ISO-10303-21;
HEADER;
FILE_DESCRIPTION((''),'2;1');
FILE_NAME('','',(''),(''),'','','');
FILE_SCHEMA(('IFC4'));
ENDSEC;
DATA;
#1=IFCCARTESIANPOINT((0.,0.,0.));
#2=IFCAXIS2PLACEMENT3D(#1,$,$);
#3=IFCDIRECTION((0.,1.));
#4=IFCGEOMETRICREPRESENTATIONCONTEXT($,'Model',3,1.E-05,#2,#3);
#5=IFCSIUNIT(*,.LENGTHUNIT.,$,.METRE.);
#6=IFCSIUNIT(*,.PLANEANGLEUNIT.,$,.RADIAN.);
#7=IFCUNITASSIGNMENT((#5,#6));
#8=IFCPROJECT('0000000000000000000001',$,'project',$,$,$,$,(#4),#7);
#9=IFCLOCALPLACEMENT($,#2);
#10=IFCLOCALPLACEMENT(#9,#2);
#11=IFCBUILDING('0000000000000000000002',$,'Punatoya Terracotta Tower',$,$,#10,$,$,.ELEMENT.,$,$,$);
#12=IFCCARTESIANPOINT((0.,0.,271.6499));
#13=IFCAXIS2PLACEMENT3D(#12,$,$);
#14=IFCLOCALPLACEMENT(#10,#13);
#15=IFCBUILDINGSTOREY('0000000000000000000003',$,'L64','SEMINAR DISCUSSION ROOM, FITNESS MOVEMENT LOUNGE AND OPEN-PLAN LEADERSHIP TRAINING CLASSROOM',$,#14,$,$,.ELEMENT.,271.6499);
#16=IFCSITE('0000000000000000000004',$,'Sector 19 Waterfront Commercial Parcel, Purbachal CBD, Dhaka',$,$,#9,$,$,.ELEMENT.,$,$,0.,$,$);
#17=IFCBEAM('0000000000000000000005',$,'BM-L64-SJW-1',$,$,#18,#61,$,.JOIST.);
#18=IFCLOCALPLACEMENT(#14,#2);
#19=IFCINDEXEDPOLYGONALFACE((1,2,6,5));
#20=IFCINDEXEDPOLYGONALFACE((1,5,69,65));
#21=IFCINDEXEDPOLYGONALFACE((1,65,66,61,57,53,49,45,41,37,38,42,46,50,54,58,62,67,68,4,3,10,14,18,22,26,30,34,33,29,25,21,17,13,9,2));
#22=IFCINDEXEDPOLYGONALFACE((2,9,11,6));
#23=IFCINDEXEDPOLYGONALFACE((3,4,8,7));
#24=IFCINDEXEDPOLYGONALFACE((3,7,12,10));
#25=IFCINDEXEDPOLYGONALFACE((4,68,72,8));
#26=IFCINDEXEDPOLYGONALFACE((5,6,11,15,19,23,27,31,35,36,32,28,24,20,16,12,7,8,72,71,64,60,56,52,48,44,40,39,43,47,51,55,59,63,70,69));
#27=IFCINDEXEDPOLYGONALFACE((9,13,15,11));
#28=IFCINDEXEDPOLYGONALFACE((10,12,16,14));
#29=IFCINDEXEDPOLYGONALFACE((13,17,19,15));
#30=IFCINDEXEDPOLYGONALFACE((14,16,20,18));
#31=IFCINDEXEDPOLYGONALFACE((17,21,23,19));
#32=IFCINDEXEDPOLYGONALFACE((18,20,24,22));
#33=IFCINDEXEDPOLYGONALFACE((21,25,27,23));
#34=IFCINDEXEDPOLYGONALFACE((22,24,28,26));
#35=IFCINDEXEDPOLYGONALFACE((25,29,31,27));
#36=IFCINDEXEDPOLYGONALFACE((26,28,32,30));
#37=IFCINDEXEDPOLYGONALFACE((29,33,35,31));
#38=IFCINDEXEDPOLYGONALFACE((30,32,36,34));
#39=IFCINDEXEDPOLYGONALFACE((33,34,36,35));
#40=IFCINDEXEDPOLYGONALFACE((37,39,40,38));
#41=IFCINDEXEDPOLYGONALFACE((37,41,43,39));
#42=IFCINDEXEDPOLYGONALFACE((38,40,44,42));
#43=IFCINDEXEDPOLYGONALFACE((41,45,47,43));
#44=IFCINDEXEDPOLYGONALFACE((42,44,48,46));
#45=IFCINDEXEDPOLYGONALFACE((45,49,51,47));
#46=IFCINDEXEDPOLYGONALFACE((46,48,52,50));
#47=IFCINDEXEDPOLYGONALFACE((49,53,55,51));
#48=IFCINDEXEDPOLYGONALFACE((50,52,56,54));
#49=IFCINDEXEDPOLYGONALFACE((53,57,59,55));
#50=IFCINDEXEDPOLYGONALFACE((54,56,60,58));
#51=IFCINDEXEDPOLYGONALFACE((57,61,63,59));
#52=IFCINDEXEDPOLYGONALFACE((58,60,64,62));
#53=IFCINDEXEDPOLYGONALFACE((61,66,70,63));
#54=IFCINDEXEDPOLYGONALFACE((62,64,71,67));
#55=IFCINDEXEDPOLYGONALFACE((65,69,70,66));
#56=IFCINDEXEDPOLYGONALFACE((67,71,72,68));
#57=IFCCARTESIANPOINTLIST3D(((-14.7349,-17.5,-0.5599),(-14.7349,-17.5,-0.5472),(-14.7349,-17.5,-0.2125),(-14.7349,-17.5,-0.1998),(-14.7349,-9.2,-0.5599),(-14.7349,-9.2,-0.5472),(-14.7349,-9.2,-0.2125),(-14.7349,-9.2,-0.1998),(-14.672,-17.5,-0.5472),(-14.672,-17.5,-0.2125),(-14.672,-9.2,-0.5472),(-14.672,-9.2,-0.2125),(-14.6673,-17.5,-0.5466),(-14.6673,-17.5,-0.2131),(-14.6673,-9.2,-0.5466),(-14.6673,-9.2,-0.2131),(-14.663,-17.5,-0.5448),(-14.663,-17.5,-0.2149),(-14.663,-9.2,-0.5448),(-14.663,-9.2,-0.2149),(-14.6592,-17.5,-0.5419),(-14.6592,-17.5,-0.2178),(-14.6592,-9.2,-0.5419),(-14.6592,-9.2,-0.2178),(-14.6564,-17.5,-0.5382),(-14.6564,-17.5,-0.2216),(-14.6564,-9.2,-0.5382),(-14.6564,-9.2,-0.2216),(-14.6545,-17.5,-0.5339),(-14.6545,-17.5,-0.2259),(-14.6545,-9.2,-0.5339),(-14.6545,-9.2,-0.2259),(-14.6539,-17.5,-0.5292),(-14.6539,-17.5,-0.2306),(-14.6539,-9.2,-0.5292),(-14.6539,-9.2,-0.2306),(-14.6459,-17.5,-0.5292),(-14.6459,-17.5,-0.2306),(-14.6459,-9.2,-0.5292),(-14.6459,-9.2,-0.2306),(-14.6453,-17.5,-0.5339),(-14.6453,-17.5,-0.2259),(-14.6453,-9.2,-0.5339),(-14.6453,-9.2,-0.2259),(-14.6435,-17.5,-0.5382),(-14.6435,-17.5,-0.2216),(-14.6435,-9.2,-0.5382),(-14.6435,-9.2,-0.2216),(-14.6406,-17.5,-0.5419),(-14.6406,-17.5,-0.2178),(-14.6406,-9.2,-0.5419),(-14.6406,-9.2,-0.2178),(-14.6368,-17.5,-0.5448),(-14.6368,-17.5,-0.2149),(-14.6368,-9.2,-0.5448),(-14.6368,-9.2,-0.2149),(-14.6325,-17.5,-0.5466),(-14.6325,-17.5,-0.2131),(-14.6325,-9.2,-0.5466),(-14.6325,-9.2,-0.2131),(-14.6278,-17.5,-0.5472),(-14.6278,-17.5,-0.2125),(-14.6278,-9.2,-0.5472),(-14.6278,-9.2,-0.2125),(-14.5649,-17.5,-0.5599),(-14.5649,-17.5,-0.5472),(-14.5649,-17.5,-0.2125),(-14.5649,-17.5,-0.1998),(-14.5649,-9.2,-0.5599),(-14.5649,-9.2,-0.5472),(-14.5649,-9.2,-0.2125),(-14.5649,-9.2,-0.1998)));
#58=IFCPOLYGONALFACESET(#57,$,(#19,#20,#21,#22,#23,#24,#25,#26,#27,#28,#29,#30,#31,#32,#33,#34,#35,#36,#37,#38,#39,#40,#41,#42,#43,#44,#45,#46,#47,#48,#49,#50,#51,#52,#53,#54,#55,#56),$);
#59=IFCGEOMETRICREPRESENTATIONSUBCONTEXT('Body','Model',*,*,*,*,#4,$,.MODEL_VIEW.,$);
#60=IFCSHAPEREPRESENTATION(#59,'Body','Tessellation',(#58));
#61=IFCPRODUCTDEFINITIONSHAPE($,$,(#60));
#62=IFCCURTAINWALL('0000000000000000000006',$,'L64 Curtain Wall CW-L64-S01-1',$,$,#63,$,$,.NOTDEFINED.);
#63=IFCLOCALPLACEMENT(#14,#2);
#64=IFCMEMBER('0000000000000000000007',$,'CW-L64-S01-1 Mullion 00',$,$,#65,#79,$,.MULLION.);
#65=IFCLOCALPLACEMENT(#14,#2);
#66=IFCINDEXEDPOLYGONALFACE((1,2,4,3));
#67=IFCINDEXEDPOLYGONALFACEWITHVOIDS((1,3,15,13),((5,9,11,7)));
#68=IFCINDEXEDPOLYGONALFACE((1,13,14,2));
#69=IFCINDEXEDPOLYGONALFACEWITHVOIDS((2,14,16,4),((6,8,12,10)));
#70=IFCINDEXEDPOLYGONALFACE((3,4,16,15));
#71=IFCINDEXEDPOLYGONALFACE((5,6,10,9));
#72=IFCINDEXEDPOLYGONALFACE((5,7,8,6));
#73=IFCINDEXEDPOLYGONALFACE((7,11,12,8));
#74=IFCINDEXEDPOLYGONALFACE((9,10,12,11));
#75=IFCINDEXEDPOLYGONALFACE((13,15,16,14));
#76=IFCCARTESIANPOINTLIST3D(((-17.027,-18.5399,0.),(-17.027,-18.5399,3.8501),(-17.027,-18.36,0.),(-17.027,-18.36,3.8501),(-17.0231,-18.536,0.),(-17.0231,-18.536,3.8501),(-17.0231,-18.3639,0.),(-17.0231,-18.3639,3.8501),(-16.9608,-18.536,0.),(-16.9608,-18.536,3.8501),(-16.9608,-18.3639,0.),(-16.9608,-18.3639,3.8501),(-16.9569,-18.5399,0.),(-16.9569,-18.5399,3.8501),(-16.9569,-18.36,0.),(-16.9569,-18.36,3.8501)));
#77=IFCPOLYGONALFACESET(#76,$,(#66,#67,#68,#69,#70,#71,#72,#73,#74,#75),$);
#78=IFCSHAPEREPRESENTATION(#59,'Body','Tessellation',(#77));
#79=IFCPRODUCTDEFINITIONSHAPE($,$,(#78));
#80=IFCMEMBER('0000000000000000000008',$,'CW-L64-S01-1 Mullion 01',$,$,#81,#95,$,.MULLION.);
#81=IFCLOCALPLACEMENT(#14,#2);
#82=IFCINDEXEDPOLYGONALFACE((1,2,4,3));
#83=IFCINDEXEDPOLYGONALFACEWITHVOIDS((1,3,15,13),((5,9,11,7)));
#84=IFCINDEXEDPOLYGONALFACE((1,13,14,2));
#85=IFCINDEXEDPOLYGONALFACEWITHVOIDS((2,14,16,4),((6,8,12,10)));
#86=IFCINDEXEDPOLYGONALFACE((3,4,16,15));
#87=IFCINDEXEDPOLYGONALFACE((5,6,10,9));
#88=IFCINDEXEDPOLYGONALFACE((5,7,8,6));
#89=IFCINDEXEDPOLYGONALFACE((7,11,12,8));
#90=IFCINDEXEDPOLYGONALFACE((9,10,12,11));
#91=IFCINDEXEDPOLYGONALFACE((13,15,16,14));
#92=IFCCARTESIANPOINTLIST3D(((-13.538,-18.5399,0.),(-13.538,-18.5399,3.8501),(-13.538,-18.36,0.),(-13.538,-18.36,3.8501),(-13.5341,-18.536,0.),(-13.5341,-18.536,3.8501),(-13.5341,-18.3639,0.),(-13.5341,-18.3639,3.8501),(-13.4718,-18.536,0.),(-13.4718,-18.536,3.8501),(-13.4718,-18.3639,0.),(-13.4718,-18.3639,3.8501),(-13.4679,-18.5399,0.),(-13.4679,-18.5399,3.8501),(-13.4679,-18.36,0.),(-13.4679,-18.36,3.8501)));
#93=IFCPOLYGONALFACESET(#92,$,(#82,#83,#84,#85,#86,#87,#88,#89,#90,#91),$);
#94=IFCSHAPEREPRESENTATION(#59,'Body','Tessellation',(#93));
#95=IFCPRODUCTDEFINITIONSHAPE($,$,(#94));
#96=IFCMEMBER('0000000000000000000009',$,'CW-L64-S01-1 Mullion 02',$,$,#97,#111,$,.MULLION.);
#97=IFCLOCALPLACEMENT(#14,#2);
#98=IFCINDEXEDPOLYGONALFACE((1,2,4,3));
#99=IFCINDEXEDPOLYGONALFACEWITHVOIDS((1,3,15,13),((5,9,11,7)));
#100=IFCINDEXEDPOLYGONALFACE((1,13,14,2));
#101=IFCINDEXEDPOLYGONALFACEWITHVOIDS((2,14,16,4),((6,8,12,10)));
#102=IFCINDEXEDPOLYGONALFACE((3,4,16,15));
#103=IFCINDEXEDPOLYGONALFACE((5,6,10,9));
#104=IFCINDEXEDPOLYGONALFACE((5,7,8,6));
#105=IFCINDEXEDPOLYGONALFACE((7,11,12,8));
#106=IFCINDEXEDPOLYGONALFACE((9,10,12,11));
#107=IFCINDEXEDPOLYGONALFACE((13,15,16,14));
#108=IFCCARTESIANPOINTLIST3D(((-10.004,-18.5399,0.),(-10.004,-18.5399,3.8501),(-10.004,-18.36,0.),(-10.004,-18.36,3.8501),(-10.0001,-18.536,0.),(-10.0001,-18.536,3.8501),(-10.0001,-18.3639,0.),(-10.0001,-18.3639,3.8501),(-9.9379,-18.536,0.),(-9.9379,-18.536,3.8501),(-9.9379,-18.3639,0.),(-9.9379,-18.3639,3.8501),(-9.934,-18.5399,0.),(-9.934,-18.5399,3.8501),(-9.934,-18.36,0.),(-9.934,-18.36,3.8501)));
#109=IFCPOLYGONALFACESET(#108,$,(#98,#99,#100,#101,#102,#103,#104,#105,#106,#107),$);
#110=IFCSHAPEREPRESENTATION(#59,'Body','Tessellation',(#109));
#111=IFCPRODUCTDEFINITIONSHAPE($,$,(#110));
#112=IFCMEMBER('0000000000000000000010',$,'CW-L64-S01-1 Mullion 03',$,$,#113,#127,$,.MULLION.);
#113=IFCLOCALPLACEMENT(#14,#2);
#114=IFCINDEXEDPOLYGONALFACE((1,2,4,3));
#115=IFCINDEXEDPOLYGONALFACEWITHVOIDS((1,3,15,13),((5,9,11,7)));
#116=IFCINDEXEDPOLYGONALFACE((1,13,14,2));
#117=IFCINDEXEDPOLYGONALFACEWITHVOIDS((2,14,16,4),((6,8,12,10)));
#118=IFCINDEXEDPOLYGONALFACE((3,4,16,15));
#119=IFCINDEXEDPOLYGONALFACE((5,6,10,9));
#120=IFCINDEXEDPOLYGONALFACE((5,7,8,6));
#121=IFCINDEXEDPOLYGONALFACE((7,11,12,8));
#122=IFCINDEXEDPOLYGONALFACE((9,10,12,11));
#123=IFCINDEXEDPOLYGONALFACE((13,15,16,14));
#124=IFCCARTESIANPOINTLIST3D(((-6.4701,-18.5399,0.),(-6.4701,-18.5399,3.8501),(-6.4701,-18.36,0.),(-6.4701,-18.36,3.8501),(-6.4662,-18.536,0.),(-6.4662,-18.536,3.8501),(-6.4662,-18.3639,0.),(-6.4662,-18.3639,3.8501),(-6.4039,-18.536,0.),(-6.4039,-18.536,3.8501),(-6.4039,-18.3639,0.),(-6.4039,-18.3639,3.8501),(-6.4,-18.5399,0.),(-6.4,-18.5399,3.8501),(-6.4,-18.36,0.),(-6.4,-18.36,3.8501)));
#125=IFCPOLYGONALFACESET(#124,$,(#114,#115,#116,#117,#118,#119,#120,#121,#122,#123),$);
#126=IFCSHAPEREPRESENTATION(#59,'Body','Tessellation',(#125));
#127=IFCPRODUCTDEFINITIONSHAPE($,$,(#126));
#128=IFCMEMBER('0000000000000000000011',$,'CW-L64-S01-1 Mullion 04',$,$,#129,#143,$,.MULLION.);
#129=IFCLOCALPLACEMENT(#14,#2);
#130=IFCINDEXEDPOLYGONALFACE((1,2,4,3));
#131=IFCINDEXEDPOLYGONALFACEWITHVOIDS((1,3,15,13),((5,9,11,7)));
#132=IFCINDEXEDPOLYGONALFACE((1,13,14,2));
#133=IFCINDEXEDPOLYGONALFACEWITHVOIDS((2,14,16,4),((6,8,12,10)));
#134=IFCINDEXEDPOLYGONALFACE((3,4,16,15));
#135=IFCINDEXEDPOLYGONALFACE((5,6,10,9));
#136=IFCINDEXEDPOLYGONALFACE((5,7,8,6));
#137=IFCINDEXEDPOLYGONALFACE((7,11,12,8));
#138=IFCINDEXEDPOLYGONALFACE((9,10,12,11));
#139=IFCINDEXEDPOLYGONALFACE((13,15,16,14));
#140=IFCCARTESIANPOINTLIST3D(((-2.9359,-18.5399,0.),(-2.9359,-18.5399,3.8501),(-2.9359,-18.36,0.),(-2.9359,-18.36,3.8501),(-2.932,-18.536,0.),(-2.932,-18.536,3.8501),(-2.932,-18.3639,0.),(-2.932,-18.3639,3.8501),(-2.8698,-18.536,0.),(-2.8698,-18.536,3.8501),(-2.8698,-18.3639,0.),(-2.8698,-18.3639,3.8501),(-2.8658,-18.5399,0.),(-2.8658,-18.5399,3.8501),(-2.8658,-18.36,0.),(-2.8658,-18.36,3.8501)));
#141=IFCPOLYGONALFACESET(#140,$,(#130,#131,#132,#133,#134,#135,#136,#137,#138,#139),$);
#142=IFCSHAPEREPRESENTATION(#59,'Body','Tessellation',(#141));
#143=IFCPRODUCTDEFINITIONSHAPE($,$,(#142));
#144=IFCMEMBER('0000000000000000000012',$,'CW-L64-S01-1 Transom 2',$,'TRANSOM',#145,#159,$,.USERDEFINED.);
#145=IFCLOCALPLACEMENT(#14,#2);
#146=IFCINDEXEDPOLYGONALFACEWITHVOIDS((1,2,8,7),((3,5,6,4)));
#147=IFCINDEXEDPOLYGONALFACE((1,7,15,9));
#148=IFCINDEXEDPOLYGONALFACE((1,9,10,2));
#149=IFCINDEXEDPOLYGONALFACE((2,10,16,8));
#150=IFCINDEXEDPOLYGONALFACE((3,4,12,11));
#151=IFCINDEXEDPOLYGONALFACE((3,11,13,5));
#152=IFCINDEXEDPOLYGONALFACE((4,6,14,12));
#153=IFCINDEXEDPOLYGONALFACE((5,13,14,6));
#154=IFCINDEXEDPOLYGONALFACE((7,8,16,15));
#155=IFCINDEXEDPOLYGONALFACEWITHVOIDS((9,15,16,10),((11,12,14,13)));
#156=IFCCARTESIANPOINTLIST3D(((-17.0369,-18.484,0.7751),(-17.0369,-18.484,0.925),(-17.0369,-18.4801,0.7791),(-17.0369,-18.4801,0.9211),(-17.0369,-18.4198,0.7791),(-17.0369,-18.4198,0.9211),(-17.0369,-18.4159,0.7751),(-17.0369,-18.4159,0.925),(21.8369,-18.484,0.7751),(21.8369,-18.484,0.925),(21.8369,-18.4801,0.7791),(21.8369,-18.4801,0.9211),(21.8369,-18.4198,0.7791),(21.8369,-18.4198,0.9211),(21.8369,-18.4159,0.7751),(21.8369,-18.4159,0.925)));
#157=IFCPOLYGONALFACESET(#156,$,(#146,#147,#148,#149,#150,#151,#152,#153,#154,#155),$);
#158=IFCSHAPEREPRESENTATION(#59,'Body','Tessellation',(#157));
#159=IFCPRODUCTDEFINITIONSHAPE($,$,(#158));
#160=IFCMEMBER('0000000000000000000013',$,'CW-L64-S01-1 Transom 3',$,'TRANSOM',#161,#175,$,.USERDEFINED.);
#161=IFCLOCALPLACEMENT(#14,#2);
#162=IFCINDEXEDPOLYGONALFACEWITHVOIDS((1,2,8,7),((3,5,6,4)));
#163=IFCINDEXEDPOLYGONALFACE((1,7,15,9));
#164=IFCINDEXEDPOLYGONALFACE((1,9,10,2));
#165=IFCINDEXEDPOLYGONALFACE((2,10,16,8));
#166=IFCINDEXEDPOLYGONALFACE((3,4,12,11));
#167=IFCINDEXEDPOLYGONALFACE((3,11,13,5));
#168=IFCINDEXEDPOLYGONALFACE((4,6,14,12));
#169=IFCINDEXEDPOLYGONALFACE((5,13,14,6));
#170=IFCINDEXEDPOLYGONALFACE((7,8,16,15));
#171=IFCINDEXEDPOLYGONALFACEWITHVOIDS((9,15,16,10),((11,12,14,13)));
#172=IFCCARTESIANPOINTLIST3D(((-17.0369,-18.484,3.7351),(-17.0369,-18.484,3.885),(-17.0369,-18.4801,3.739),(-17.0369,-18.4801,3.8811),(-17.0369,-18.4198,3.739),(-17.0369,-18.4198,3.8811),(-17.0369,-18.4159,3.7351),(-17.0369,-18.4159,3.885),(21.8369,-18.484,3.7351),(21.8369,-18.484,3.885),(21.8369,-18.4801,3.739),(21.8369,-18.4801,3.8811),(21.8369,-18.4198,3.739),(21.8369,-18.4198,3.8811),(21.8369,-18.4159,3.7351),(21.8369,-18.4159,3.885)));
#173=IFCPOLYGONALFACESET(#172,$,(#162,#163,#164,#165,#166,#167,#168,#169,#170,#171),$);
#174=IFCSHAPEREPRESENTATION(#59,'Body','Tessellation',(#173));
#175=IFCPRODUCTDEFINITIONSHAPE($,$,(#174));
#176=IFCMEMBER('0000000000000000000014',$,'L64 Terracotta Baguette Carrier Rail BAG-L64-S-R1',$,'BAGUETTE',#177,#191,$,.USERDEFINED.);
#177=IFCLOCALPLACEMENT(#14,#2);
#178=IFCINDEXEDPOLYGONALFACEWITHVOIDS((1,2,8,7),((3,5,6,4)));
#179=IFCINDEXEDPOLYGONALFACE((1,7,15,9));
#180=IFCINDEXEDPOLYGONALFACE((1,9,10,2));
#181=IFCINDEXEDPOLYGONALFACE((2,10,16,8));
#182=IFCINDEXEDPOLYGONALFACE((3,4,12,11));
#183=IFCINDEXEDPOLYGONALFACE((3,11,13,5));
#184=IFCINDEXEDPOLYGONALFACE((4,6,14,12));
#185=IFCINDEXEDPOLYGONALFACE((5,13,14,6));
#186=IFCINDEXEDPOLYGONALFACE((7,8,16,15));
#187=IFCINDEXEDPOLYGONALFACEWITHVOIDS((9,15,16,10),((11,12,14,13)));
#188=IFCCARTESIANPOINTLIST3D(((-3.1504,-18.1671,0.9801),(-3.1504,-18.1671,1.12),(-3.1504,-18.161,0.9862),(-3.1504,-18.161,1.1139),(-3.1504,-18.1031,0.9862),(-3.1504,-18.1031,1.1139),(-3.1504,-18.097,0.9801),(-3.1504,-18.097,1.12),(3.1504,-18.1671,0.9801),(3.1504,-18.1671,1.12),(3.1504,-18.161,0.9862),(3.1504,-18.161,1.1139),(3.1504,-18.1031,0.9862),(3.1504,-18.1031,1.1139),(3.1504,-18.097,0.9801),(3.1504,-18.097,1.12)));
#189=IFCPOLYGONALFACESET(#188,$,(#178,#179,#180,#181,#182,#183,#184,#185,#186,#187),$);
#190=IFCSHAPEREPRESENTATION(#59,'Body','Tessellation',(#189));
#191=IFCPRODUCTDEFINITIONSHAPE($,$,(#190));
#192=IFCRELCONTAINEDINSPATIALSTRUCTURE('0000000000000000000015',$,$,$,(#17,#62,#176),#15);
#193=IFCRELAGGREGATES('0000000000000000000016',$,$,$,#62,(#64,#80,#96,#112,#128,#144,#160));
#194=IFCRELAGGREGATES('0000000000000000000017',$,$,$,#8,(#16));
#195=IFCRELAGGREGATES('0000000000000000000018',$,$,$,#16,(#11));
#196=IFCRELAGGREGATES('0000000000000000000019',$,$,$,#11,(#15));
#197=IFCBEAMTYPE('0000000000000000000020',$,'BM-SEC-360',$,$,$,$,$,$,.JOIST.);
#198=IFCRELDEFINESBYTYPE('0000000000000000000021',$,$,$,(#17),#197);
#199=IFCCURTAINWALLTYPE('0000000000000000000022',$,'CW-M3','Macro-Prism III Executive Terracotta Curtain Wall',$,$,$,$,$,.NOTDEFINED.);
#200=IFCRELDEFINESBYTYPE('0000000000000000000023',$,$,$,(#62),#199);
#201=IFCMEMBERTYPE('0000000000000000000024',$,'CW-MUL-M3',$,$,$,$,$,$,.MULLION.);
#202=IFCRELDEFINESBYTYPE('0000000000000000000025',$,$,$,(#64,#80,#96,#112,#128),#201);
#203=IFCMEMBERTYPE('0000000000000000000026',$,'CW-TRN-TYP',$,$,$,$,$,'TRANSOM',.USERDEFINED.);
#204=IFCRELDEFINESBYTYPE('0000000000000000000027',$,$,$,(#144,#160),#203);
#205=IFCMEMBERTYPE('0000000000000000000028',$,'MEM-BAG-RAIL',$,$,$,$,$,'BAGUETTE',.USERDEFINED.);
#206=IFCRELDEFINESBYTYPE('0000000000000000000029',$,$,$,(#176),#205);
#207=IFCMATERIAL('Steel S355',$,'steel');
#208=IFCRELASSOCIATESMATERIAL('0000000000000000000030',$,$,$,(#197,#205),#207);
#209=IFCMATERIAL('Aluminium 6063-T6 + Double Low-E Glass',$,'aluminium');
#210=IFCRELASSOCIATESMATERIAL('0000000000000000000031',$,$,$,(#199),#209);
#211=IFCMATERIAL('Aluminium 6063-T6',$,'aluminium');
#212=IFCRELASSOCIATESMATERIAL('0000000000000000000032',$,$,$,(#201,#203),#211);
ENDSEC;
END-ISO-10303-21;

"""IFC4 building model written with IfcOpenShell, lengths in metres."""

from ifc_helpers import new_model, si_unit, direction, frame, origin, origin_2d, place, context, subcontext, project, spatial, hollow_rectangle, i_section, extrude, material, material_profile, profile_set, type_object, element, aggregate, save


model = new_model("IFC4")

# Units and contexts
model_context = context("Model", 3, precision=1e-05, world=origin(), true_north=direction((0.0, 1.0)))
body_context = subcontext(model_context, "Body", "Model", "MODEL_VIEW")
ifc_project = project(units=[si_unit("LENGTHUNIT", "METRE"), si_unit("PLANEANGLEUNIT", "RADIAN")], contexts=[model_context])

# Site, building, storey
site_placement = place(None, origin())
site = spatial("IfcSite", under=ifc_project, at=site_placement, Name="Sector 19 Waterfront Commercial Parcel, Purbachal CBD, Dhaka", CompositionType="ELEMENT", RefElevation=0.0)
building_placement = place(site_placement, origin())
building = spatial("IfcBuilding", under=site, at=building_placement, Name="Punatoya Terracotta Tower", CompositionType="ELEMENT")
storey_placement = place(building_placement, frame((0.0, 0.0, 271.6499)))
storey = spatial("IfcBuildingStorey", under=building, at=storey_placement, Name="L64", Description="SEMINAR DISCUSSION ROOM, FITNESS MOVEMENT LOUNGE AND OPEN-PLAN LEADERSHIP TRAINING CLASSROOM", CompositionType="ELEMENT", Elevation=271.6499)

# Beam
ifc_material_1 = material(Name="Steel S355", Category="steel")
ifc_material_profile_1 = material_profile(ifc_material_1, i_section(OverallWidth=0.1699, OverallDepth=0.3601, WebThickness=0.0081, FlangeThickness=0.0127, FilletRadius=0.0181, at=origin_2d()))
ifc_profile_set_1 = profile_set([ifc_material_profile_1], Name="Steel S355")
beam_type = type_object("IfcBeamType", Name="BM-SEC-360", PredefinedType="JOIST", material=ifc_profile_set_1)
beam_placement = place(storey_placement, frame((-14.6499, -17.5, -0.3799), z_axis=(0.0, 1.0, 0.0), x_axis=(-1.0, 0.0, 0.0)))
element("IfcBeam", 1, at=beam_placement, inside=storey, type_object=beam_type, Name="BM-L64-SJW-1", PredefinedType="JOIST", context=body_context, shape_type="SweptSolid", body=[
    extrude(i_section(OverallWidth=0.1699, OverallDepth=0.3601, WebThickness=0.0081, FlangeThickness=0.0127, FilletRadius=0.0181, at=origin_2d()), origin(), (0.0, 0.0, 1.0), 8.3),
])

# Curtain wall, members
ifc_material_2 = material(Name="Aluminium 6063-T6 + Double Low-E Glass", Category="aluminium")
curtain_wall_type = type_object("IfcCurtainWallType", Name="CW-M3", Description="Macro-Prism III Executive Terracotta Curtain Wall", PredefinedType="NOTDEFINED", material=ifc_material_2)
curtain_wall_placement = place(storey_placement, origin())
curtain_wall = element("IfcCurtainWall", 2, at=curtain_wall_placement, inside=storey, type_object=curtain_wall_type, Name="L64 Curtain Wall CW-L64-S01-1", PredefinedType="NOTDEFINED")
ifc_material_3 = material(Name="Aluminium 6063-T6", Category="aluminium")
ifc_material_profile_2 = material_profile(ifc_material_3, hollow_rectangle(XDim=0.0701, YDim=0.1799, WallThickness=0.0039, at=origin_2d()))
ifc_profile_set_2 = profile_set([ifc_material_profile_2], Name="Aluminium 6063-T6")
member_type_1 = type_object("IfcMemberType", Name="CW-MUL-M3", PredefinedType="MULLION", material=ifc_profile_set_2)
member_1_placement = place(storey_placement, frame((-16.9919, -18.45, 0.0), z_axis=(0.0, 0.0, 1.0), x_axis=(1.0, 0.0, 0.0)))
member_1 = element("IfcMember", 3, at=member_1_placement, type_object=member_type_1, Name="CW-L64-S01-1 Mullion 00", PredefinedType="MULLION", context=body_context, shape_type="SweptSolid", body=[
    extrude(hollow_rectangle(XDim=0.0701, YDim=0.1799, WallThickness=0.0039, at=origin_2d()), origin(), (0.0, 0.0, 1.0), 3.8501),
])
member_2_placement = place(storey_placement, frame((-13.5029, -18.45, 0.0), z_axis=(0.0, 0.0, 1.0), x_axis=(1.0, 0.0, 0.0)))
member_2 = element("IfcMember", 4, at=member_2_placement, type_object=member_type_1, Name="CW-L64-S01-1 Mullion 01", PredefinedType="MULLION", context=body_context, shape_type="SweptSolid", body=[
    extrude(hollow_rectangle(XDim=0.0701, YDim=0.1799, WallThickness=0.0039, at=origin_2d()), origin(), (0.0, 0.0, 1.0), 3.8501),
])
member_3_placement = place(storey_placement, frame((-9.969, -18.45, 0.0), z_axis=(0.0, 0.0, 1.0), x_axis=(1.0, 0.0, 0.0)))
member_3 = element("IfcMember", 5, at=member_3_placement, type_object=member_type_1, Name="CW-L64-S01-1 Mullion 02", PredefinedType="MULLION", context=body_context, shape_type="SweptSolid", body=[
    extrude(hollow_rectangle(XDim=0.0701, YDim=0.1799, WallThickness=0.0039, at=origin_2d()), origin(), (0.0, 0.0, 1.0), 3.8501),
])
member_4_placement = place(storey_placement, frame((-6.4351, -18.45, 0.0), z_axis=(0.0, 0.0, 1.0), x_axis=(1.0, 0.0, 0.0)))
member_4 = element("IfcMember", 6, at=member_4_placement, type_object=member_type_1, Name="CW-L64-S01-1 Mullion 03", PredefinedType="MULLION", context=body_context, shape_type="SweptSolid", body=[
    extrude(hollow_rectangle(XDim=0.0701, YDim=0.1799, WallThickness=0.0039, at=origin_2d()), origin(), (0.0, 0.0, 1.0), 3.8501),
])
member_5_placement = place(storey_placement, frame((-2.9009, -18.45, 0.0), z_axis=(0.0, 0.0, 1.0), x_axis=(1.0, 0.0, 0.0)))
member_5 = element("IfcMember", 7, at=member_5_placement, type_object=member_type_1, Name="CW-L64-S01-1 Mullion 04", PredefinedType="MULLION", context=body_context, shape_type="SweptSolid", body=[
    extrude(hollow_rectangle(XDim=0.0701, YDim=0.1799, WallThickness=0.0039, at=origin_2d()), origin(), (0.0, 0.0, 1.0), 3.8501),
])
ifc_material_profile_3 = material_profile(ifc_material_3, hollow_rectangle(XDim=0.0681, YDim=0.1499, WallThickness=0.0039, at=origin_2d()))
ifc_profile_set_3 = profile_set([ifc_material_profile_3], Name="Aluminium 6063-T6")
member_type_2 = type_object("IfcMemberType", Name="CW-TRN-TYP", ElementType="TRANSOM", PredefinedType="USERDEFINED", material=ifc_profile_set_3)
member_6_placement = place(storey_placement, frame((-17.0369, -18.45, 0.8501), z_axis=(1.0, 0.0, 0.0), x_axis=(0.0, 1.0, 0.0)))
member_6 = element("IfcMember", 8, at=member_6_placement, type_object=member_type_2, Name="CW-L64-S01-1 Transom 2", ObjectType="TRANSOM", PredefinedType="USERDEFINED", context=body_context, shape_type="SweptSolid", body=[
    extrude(hollow_rectangle(XDim=0.0681, YDim=0.1499, WallThickness=0.0039, at=origin_2d()), origin(), (0.0, 0.0, 1.0), 38.8738),
])
member_7_placement = place(storey_placement, frame((-17.0369, -18.45, 3.8101), z_axis=(1.0, 0.0, 0.0), x_axis=(0.0, 1.0, 0.0)))
member_7 = element("IfcMember", 9, at=member_7_placement, type_object=member_type_2, Name="CW-L64-S01-1 Transom 3", ObjectType="TRANSOM", PredefinedType="USERDEFINED", context=body_context, shape_type="SweptSolid", body=[
    extrude(hollow_rectangle(XDim=0.0681, YDim=0.1499, WallThickness=0.0039, at=origin_2d()), origin(), (0.0, 0.0, 1.0), 38.8738),
])

# Member
ifc_material_profile_4 = material_profile(ifc_material_1, hollow_rectangle(XDim=0.0701, YDim=0.1399, WallThickness=0.0061, at=origin_2d()))
ifc_profile_set_4 = profile_set([ifc_material_profile_4], Name="Steel S355")
member_type_3 = type_object("IfcMemberType", Name="MEM-BAG-RAIL", ElementType="BAGUETTE", PredefinedType="USERDEFINED", material=ifc_profile_set_4)
for number, where, z_axis, x_axis, name in (
    (10, (-3.1504, -18.1321, 1.05), (1.0, 0.0, 0.0), (0.0, 1.0, 0.0), "L64 Terracotta Baguette Carrier Rail BAG-L64-S-R1"),
):
    element("IfcMember", number, at=place(storey_placement, frame(where, z_axis=z_axis, x_axis=x_axis)), inside=storey, type_object=member_type_3, Name=name, ObjectType="BAGUETTE", PredefinedType="USERDEFINED", context=body_context, shape_type="SweptSolid", body=[
        extrude(hollow_rectangle(XDim=0.0701, YDim=0.1399, WallThickness=0.0061, at=origin_2d()), origin(), (0.0, 0.0, 1.0), 6.3008),
    ])

aggregate(curtain_wall, [member_1, member_2, member_3, member_4, member_5, member_6, member_7])

save(model, "model.ifc")
